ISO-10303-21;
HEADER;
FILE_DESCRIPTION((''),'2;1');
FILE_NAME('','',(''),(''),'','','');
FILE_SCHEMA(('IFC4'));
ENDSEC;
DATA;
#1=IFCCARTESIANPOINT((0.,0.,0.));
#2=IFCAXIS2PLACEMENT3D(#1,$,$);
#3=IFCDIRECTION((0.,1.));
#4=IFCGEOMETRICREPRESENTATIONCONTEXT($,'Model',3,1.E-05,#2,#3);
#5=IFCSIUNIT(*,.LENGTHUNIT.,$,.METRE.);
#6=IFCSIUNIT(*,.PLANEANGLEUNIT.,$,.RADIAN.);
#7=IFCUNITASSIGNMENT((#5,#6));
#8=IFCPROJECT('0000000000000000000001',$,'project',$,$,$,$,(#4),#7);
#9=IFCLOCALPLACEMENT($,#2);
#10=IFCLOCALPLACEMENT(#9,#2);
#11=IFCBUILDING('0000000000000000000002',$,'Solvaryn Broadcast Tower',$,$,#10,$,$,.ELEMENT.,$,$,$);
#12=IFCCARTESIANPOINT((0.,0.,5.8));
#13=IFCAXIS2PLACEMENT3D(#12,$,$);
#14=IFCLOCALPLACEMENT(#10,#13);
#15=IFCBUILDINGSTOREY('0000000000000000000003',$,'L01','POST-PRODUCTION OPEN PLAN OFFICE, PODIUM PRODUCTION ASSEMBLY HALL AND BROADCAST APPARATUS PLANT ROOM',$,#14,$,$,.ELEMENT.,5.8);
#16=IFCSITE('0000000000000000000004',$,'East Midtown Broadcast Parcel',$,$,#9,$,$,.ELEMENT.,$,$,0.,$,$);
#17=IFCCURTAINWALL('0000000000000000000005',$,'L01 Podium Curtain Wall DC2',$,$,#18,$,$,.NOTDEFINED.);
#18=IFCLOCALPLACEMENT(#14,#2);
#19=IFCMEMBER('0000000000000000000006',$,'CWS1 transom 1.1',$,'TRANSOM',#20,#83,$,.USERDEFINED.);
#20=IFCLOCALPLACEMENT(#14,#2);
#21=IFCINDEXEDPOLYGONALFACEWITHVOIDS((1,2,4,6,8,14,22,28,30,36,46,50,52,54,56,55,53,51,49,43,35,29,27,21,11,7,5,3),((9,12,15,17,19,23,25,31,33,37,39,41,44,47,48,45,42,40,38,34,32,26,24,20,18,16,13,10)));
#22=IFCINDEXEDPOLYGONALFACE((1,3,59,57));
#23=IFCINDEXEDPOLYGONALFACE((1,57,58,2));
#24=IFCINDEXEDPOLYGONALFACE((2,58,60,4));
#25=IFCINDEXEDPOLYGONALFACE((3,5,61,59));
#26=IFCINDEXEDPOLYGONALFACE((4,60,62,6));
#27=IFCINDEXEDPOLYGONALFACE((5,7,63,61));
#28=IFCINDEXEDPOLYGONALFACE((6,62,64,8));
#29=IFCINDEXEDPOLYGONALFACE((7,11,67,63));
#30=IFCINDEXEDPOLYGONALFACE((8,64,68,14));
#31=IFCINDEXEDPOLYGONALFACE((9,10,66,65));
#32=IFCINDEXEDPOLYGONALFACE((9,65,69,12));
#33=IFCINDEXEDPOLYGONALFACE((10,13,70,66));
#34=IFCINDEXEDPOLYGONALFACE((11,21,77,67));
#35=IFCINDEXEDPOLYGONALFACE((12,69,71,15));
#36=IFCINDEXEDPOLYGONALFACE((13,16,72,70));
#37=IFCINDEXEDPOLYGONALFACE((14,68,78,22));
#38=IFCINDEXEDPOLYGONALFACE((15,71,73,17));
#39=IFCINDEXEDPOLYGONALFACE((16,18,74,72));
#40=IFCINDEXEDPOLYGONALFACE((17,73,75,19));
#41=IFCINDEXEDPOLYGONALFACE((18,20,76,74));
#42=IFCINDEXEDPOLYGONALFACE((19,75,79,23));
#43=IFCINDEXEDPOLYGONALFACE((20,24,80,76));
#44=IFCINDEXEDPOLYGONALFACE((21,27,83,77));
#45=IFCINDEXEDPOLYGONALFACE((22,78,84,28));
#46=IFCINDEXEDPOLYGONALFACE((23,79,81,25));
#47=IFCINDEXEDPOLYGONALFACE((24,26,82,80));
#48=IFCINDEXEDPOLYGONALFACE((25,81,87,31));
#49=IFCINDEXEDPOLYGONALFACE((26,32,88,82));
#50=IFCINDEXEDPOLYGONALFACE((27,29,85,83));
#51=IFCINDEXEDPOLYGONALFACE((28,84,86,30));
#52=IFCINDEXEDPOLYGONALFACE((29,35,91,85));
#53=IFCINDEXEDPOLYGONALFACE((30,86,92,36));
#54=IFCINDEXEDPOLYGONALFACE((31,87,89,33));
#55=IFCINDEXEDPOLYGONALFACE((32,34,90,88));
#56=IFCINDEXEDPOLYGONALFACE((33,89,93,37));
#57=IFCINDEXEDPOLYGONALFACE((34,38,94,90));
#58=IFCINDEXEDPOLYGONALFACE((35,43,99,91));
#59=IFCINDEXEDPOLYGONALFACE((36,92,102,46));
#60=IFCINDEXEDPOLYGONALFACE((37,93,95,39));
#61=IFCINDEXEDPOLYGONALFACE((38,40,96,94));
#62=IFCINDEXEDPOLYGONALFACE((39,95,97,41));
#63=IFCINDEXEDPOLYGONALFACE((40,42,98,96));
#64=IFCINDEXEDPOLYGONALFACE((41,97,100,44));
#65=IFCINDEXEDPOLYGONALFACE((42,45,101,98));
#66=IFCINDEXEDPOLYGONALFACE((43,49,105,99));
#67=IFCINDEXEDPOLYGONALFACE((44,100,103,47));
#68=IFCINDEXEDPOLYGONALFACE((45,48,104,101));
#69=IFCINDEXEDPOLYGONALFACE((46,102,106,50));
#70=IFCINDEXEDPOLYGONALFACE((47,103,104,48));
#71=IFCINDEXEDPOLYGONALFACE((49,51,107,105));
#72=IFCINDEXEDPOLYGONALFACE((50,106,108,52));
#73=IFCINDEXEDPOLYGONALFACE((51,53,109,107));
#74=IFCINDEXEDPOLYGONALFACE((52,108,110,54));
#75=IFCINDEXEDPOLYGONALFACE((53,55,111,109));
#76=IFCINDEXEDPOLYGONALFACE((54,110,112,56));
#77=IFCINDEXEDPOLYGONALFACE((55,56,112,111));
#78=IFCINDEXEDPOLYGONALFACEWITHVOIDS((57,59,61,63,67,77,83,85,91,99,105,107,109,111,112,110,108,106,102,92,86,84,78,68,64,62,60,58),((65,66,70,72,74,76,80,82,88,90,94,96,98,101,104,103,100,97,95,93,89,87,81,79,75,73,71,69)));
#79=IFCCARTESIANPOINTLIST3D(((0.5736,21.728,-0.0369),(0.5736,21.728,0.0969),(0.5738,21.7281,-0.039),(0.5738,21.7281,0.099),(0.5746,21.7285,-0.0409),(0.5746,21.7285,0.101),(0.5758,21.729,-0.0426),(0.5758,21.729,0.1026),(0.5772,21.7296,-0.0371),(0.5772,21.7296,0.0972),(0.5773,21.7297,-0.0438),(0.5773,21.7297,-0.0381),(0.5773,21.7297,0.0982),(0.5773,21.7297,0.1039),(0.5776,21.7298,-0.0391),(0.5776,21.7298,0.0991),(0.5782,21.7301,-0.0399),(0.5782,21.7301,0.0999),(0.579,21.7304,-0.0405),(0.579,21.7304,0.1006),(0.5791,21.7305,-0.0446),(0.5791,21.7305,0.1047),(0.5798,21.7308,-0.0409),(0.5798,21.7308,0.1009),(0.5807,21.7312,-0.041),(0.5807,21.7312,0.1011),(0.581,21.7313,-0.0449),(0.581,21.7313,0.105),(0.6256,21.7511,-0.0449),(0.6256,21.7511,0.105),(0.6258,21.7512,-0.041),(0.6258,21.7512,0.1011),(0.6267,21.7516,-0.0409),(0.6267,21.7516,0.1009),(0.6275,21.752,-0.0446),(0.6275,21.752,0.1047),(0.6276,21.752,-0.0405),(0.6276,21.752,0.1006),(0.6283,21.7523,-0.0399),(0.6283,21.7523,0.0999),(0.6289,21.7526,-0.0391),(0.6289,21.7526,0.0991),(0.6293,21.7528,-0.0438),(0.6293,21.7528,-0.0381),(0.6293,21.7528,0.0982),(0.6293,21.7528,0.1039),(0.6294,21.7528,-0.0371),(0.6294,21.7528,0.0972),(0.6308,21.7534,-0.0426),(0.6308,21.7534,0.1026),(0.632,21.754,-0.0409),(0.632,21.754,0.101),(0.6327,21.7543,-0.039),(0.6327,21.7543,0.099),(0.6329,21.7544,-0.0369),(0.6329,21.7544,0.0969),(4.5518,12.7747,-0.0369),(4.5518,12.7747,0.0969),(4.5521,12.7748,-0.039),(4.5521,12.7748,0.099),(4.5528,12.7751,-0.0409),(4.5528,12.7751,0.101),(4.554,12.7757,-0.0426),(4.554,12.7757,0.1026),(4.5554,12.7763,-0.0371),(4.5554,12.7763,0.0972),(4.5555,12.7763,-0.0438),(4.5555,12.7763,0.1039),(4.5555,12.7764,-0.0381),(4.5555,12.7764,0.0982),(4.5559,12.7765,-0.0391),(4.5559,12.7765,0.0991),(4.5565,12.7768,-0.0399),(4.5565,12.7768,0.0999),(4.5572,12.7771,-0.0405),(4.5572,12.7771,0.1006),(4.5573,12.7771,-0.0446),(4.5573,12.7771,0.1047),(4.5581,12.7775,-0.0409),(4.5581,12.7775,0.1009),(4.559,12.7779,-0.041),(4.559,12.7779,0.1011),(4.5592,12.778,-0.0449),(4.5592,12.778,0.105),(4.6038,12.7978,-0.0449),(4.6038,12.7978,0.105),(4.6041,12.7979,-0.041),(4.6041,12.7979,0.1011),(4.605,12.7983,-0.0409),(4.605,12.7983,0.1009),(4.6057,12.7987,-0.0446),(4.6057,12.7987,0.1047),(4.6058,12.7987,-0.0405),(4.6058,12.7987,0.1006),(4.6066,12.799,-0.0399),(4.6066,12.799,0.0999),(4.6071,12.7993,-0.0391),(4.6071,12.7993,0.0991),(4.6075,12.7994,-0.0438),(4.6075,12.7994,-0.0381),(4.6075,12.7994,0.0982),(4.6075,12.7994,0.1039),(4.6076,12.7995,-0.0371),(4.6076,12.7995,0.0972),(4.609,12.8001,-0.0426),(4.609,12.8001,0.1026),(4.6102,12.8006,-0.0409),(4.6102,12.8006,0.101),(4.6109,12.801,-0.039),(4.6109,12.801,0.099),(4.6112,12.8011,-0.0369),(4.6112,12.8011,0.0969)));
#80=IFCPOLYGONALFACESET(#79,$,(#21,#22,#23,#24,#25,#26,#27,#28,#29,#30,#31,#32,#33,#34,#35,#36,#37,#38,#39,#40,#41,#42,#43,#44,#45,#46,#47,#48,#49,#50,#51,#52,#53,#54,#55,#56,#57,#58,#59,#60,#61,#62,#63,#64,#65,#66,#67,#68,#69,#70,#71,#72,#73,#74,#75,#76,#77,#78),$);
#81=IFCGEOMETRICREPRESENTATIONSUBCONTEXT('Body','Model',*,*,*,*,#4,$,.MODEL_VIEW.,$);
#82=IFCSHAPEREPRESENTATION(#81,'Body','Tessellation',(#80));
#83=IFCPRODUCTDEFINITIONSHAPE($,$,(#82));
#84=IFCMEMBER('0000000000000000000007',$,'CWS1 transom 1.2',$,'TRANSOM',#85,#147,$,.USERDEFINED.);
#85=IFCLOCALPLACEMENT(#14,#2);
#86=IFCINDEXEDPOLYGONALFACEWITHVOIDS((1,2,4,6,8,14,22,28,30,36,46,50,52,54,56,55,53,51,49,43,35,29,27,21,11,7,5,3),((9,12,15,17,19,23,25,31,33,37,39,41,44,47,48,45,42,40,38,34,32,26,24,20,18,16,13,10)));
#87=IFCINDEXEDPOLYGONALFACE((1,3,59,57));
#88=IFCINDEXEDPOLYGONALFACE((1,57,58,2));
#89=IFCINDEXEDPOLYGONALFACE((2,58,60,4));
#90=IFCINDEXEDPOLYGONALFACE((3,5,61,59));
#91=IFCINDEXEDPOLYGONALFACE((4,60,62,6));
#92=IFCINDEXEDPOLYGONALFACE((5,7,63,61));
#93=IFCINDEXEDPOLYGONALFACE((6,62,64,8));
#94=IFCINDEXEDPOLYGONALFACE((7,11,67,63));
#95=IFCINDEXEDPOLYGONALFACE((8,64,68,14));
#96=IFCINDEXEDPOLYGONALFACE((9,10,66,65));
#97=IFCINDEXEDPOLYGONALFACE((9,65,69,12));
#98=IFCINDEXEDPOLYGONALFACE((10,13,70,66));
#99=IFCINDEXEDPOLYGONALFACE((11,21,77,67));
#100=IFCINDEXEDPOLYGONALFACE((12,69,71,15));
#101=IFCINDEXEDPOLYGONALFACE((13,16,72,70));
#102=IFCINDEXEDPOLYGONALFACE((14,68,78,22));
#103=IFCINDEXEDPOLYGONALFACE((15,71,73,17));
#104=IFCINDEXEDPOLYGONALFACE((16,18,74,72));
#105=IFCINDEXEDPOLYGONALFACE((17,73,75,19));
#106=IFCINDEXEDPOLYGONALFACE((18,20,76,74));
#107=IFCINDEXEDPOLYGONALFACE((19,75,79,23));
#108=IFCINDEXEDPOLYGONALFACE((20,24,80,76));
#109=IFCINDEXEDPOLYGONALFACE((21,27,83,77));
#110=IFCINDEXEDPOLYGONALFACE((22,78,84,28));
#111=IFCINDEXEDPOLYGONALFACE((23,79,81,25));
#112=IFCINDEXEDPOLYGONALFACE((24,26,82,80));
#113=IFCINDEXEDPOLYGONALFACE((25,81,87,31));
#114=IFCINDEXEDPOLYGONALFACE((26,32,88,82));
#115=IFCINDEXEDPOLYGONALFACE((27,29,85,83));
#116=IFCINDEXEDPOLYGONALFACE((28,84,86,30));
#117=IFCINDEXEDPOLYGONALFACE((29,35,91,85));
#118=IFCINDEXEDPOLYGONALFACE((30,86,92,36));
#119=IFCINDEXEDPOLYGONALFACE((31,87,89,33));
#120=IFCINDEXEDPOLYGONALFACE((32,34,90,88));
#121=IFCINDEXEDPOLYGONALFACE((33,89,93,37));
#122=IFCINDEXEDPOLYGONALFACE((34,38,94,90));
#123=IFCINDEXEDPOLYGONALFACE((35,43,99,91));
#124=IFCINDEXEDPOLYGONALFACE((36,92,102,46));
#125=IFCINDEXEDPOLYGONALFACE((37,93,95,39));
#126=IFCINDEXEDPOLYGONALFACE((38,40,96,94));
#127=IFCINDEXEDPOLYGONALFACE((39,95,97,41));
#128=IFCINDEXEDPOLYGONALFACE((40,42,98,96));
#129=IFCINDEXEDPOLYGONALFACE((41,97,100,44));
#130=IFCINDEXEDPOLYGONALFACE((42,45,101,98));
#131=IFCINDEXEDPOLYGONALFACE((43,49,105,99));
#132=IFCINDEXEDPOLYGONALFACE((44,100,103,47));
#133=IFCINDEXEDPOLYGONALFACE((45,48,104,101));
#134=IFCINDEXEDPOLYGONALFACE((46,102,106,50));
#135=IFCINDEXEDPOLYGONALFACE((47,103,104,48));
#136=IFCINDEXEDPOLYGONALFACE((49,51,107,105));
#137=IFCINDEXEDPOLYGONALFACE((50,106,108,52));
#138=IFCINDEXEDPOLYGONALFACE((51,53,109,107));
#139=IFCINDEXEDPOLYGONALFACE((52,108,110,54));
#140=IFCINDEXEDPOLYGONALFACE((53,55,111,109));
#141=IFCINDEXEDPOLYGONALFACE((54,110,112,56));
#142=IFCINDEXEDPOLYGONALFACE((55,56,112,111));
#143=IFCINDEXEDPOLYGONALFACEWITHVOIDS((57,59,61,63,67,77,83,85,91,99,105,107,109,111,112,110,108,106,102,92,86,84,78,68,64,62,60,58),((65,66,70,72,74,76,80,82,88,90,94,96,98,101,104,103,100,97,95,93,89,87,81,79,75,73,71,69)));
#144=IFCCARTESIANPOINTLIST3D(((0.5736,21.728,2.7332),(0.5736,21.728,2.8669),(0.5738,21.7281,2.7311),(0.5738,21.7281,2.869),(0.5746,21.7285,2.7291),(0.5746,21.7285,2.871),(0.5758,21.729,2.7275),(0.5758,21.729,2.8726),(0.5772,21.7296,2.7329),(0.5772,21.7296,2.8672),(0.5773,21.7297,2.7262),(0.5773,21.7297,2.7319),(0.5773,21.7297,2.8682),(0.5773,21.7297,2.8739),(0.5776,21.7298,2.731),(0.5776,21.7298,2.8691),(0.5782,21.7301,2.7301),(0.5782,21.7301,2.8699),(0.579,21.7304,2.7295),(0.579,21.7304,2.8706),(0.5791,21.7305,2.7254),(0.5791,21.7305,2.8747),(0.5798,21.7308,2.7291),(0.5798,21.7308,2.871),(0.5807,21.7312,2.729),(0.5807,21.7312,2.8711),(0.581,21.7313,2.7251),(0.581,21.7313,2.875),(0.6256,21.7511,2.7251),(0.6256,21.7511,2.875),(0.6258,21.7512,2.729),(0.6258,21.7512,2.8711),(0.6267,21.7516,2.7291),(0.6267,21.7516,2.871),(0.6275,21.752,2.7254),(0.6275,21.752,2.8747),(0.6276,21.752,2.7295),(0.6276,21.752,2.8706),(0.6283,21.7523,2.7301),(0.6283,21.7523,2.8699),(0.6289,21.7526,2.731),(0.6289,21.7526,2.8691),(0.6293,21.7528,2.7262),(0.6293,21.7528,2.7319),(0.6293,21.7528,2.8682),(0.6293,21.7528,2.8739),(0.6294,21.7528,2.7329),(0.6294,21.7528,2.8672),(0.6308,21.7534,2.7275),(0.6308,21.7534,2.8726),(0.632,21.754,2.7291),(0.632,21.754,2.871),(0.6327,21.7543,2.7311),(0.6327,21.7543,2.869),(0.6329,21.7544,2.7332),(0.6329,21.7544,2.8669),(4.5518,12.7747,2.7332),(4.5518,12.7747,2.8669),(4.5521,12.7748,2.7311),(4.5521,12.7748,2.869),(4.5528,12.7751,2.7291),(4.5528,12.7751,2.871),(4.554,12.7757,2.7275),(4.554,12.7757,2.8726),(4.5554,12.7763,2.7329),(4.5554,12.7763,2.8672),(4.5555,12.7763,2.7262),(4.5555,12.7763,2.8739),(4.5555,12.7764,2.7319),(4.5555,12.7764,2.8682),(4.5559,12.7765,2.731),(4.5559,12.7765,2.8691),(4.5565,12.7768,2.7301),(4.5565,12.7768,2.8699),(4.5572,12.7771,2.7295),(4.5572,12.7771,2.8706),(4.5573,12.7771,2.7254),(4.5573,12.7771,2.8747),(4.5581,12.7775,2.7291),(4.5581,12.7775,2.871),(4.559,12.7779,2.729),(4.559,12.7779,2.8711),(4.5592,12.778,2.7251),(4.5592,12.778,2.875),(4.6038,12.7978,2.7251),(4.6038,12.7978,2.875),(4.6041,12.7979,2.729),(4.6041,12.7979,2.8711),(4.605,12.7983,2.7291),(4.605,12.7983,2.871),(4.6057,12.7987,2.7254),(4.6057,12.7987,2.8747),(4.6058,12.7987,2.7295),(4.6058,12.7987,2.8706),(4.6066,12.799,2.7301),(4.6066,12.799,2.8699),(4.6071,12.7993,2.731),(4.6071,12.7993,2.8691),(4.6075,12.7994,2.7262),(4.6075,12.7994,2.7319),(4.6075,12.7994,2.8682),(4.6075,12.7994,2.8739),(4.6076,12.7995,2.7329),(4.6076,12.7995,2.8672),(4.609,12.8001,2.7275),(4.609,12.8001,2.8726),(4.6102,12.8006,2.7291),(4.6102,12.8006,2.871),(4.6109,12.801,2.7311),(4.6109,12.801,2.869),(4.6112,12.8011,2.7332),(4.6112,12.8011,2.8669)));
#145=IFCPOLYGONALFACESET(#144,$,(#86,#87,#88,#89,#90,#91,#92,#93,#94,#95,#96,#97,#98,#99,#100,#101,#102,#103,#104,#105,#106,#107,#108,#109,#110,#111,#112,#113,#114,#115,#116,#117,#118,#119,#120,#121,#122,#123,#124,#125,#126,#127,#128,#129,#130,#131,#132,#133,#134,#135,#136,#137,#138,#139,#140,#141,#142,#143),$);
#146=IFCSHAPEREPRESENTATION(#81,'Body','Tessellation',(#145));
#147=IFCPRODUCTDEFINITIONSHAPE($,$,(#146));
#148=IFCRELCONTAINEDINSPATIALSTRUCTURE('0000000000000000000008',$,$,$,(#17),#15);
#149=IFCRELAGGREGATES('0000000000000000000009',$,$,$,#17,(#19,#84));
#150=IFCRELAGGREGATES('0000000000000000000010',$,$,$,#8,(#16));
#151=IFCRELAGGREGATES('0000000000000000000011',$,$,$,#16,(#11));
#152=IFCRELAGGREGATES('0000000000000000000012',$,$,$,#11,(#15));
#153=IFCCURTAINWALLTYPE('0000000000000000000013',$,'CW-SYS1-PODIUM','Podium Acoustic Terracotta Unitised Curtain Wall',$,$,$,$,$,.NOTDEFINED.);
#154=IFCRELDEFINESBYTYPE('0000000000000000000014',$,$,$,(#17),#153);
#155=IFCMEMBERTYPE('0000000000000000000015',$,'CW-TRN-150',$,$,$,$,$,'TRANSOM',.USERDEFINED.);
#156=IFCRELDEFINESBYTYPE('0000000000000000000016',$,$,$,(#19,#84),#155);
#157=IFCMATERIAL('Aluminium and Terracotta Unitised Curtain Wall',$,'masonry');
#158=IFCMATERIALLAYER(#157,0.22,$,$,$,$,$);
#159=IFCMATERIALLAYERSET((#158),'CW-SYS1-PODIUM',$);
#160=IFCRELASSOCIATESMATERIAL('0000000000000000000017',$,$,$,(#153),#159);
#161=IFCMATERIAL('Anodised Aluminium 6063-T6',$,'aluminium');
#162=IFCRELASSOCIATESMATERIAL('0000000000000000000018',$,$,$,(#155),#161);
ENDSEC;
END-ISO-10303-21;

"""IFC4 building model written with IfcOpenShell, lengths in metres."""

from ifc_helpers import new_model, si_unit, direction, frame, origin, origin_2d, place, context, subcontext, project, spatial, hollow_rectangle, extrude, material, layer, layer_set, material_profile, profile_set, type_object, element, aggregate, save


model = new_model("IFC4")

# Units and contexts
model_context = context("Model", 3, precision=1e-05, world=origin(), true_north=direction((0.0, 1.0)))
body_context = subcontext(model_context, "Body", "Model", "MODEL_VIEW")
ifc_project = project(units=[si_unit("LENGTHUNIT", "METRE"), si_unit("PLANEANGLEUNIT", "RADIAN")], contexts=[model_context])

# Site, building, storey
site_placement = place(None, origin())
site = spatial("IfcSite", under=ifc_project, at=site_placement, Name="East Midtown Broadcast Parcel", CompositionType="ELEMENT", RefElevation=0.0)
building_placement = place(site_placement, origin())
building = spatial("IfcBuilding", under=site, at=building_placement, Name="Solvaryn Broadcast Tower", CompositionType="ELEMENT")
storey_placement = place(building_placement, frame((0.0, 0.0, 5.8)))
storey = spatial("IfcBuildingStorey", under=building, at=storey_placement, Name="L01", Description="POST-PRODUCTION OPEN PLAN OFFICE, PODIUM PRODUCTION ASSEMBLY HALL AND BROADCAST APPARATUS PLANT ROOM", CompositionType="ELEMENT", Elevation=5.8)

# Shared definitions
ifc_material_1 = material(Name="Aluminium and Terracotta Unitised Curtain Wall", Category="masonry")
ifc_layer_1 = layer(ifc_material_1, 0.22)
ifc_layer_set_1 = layer_set([ifc_layer_1], Name="CW-SYS1-PODIUM")
curtain_wall_type = type_object("IfcCurtainWallType", Name="CW-SYS1-PODIUM", Description="Podium Acoustic Terracotta Unitised Curtain Wall", PredefinedType="NOTDEFINED", material=ifc_layer_set_1)

# Curtain wall, members
curtain_wall_1_placement = place(storey_placement, origin())
curtain_wall_1 = element("IfcCurtainWall", 1, at=curtain_wall_1_placement, inside=storey, type_object=curtain_wall_type, Name="L01 Podium Curtain Wall DC2", PredefinedType="NOTDEFINED")
ifc_material_2 = material(Name="Anodised Aluminium 6063-T6", Category="aluminium")
ifc_material_profile_1 = material_profile(ifc_material_2, hollow_rectangle(XDim=0.0649, YDim=0.1499, WallThickness=0.0039, InnerFilletRadius=0.0039, OuterFilletRadius=0.0081, at=origin_2d()))
ifc_profile_set_1 = profile_set([ifc_material_profile_1], Name="Anodised Aluminium 6063-T6")
member_type_1 = type_object("IfcMemberType", Name="CW-TRN-150", ElementType="TRANSOM", PredefinedType="USERDEFINED", material=ifc_profile_set_1)
member_1_placement = place(storey_placement, frame((0.6033, 21.7412, 0.03), z_axis=(0.406053, -0.91385, 0.0), x_axis=(0.91385, 0.406053, 0.0)))
member_1 = element("IfcMember", 2, at=member_1_placement, type_object=member_type_1, Name="CWS1 transom 1.1", ObjectType="TRANSOM", PredefinedType="USERDEFINED", context=body_context, shape_type="SweptSolid", body=[
    extrude(hollow_rectangle(XDim=0.0649, YDim=0.1499, WallThickness=0.0039, InnerFilletRadius=0.0039, OuterFilletRadius=0.0081, at=origin_2d()), origin(), (0.0, 0.0, 1.0), 9.7974),
])
member_2_placement = place(storey_placement, frame((0.6033, 21.7412, 2.8), z_axis=(0.406053, -0.91385, 0.0), x_axis=(0.91385, 0.406053, 0.0)))
member_2 = element("IfcMember", 3, at=member_2_placement, type_object=member_type_1, Name="CWS1 transom 1.2", ObjectType="TRANSOM", PredefinedType="USERDEFINED", context=body_context, shape_type="SweptSolid", body=[
    extrude(hollow_rectangle(XDim=0.0649, YDim=0.1499, WallThickness=0.0039, InnerFilletRadius=0.0039, OuterFilletRadius=0.0081, at=origin_2d()), origin(), (0.0, 0.0, 1.0), 9.7974),
])

aggregate(curtain_wall_1, [member_1, member_2])

save(model, "model.ifc")
